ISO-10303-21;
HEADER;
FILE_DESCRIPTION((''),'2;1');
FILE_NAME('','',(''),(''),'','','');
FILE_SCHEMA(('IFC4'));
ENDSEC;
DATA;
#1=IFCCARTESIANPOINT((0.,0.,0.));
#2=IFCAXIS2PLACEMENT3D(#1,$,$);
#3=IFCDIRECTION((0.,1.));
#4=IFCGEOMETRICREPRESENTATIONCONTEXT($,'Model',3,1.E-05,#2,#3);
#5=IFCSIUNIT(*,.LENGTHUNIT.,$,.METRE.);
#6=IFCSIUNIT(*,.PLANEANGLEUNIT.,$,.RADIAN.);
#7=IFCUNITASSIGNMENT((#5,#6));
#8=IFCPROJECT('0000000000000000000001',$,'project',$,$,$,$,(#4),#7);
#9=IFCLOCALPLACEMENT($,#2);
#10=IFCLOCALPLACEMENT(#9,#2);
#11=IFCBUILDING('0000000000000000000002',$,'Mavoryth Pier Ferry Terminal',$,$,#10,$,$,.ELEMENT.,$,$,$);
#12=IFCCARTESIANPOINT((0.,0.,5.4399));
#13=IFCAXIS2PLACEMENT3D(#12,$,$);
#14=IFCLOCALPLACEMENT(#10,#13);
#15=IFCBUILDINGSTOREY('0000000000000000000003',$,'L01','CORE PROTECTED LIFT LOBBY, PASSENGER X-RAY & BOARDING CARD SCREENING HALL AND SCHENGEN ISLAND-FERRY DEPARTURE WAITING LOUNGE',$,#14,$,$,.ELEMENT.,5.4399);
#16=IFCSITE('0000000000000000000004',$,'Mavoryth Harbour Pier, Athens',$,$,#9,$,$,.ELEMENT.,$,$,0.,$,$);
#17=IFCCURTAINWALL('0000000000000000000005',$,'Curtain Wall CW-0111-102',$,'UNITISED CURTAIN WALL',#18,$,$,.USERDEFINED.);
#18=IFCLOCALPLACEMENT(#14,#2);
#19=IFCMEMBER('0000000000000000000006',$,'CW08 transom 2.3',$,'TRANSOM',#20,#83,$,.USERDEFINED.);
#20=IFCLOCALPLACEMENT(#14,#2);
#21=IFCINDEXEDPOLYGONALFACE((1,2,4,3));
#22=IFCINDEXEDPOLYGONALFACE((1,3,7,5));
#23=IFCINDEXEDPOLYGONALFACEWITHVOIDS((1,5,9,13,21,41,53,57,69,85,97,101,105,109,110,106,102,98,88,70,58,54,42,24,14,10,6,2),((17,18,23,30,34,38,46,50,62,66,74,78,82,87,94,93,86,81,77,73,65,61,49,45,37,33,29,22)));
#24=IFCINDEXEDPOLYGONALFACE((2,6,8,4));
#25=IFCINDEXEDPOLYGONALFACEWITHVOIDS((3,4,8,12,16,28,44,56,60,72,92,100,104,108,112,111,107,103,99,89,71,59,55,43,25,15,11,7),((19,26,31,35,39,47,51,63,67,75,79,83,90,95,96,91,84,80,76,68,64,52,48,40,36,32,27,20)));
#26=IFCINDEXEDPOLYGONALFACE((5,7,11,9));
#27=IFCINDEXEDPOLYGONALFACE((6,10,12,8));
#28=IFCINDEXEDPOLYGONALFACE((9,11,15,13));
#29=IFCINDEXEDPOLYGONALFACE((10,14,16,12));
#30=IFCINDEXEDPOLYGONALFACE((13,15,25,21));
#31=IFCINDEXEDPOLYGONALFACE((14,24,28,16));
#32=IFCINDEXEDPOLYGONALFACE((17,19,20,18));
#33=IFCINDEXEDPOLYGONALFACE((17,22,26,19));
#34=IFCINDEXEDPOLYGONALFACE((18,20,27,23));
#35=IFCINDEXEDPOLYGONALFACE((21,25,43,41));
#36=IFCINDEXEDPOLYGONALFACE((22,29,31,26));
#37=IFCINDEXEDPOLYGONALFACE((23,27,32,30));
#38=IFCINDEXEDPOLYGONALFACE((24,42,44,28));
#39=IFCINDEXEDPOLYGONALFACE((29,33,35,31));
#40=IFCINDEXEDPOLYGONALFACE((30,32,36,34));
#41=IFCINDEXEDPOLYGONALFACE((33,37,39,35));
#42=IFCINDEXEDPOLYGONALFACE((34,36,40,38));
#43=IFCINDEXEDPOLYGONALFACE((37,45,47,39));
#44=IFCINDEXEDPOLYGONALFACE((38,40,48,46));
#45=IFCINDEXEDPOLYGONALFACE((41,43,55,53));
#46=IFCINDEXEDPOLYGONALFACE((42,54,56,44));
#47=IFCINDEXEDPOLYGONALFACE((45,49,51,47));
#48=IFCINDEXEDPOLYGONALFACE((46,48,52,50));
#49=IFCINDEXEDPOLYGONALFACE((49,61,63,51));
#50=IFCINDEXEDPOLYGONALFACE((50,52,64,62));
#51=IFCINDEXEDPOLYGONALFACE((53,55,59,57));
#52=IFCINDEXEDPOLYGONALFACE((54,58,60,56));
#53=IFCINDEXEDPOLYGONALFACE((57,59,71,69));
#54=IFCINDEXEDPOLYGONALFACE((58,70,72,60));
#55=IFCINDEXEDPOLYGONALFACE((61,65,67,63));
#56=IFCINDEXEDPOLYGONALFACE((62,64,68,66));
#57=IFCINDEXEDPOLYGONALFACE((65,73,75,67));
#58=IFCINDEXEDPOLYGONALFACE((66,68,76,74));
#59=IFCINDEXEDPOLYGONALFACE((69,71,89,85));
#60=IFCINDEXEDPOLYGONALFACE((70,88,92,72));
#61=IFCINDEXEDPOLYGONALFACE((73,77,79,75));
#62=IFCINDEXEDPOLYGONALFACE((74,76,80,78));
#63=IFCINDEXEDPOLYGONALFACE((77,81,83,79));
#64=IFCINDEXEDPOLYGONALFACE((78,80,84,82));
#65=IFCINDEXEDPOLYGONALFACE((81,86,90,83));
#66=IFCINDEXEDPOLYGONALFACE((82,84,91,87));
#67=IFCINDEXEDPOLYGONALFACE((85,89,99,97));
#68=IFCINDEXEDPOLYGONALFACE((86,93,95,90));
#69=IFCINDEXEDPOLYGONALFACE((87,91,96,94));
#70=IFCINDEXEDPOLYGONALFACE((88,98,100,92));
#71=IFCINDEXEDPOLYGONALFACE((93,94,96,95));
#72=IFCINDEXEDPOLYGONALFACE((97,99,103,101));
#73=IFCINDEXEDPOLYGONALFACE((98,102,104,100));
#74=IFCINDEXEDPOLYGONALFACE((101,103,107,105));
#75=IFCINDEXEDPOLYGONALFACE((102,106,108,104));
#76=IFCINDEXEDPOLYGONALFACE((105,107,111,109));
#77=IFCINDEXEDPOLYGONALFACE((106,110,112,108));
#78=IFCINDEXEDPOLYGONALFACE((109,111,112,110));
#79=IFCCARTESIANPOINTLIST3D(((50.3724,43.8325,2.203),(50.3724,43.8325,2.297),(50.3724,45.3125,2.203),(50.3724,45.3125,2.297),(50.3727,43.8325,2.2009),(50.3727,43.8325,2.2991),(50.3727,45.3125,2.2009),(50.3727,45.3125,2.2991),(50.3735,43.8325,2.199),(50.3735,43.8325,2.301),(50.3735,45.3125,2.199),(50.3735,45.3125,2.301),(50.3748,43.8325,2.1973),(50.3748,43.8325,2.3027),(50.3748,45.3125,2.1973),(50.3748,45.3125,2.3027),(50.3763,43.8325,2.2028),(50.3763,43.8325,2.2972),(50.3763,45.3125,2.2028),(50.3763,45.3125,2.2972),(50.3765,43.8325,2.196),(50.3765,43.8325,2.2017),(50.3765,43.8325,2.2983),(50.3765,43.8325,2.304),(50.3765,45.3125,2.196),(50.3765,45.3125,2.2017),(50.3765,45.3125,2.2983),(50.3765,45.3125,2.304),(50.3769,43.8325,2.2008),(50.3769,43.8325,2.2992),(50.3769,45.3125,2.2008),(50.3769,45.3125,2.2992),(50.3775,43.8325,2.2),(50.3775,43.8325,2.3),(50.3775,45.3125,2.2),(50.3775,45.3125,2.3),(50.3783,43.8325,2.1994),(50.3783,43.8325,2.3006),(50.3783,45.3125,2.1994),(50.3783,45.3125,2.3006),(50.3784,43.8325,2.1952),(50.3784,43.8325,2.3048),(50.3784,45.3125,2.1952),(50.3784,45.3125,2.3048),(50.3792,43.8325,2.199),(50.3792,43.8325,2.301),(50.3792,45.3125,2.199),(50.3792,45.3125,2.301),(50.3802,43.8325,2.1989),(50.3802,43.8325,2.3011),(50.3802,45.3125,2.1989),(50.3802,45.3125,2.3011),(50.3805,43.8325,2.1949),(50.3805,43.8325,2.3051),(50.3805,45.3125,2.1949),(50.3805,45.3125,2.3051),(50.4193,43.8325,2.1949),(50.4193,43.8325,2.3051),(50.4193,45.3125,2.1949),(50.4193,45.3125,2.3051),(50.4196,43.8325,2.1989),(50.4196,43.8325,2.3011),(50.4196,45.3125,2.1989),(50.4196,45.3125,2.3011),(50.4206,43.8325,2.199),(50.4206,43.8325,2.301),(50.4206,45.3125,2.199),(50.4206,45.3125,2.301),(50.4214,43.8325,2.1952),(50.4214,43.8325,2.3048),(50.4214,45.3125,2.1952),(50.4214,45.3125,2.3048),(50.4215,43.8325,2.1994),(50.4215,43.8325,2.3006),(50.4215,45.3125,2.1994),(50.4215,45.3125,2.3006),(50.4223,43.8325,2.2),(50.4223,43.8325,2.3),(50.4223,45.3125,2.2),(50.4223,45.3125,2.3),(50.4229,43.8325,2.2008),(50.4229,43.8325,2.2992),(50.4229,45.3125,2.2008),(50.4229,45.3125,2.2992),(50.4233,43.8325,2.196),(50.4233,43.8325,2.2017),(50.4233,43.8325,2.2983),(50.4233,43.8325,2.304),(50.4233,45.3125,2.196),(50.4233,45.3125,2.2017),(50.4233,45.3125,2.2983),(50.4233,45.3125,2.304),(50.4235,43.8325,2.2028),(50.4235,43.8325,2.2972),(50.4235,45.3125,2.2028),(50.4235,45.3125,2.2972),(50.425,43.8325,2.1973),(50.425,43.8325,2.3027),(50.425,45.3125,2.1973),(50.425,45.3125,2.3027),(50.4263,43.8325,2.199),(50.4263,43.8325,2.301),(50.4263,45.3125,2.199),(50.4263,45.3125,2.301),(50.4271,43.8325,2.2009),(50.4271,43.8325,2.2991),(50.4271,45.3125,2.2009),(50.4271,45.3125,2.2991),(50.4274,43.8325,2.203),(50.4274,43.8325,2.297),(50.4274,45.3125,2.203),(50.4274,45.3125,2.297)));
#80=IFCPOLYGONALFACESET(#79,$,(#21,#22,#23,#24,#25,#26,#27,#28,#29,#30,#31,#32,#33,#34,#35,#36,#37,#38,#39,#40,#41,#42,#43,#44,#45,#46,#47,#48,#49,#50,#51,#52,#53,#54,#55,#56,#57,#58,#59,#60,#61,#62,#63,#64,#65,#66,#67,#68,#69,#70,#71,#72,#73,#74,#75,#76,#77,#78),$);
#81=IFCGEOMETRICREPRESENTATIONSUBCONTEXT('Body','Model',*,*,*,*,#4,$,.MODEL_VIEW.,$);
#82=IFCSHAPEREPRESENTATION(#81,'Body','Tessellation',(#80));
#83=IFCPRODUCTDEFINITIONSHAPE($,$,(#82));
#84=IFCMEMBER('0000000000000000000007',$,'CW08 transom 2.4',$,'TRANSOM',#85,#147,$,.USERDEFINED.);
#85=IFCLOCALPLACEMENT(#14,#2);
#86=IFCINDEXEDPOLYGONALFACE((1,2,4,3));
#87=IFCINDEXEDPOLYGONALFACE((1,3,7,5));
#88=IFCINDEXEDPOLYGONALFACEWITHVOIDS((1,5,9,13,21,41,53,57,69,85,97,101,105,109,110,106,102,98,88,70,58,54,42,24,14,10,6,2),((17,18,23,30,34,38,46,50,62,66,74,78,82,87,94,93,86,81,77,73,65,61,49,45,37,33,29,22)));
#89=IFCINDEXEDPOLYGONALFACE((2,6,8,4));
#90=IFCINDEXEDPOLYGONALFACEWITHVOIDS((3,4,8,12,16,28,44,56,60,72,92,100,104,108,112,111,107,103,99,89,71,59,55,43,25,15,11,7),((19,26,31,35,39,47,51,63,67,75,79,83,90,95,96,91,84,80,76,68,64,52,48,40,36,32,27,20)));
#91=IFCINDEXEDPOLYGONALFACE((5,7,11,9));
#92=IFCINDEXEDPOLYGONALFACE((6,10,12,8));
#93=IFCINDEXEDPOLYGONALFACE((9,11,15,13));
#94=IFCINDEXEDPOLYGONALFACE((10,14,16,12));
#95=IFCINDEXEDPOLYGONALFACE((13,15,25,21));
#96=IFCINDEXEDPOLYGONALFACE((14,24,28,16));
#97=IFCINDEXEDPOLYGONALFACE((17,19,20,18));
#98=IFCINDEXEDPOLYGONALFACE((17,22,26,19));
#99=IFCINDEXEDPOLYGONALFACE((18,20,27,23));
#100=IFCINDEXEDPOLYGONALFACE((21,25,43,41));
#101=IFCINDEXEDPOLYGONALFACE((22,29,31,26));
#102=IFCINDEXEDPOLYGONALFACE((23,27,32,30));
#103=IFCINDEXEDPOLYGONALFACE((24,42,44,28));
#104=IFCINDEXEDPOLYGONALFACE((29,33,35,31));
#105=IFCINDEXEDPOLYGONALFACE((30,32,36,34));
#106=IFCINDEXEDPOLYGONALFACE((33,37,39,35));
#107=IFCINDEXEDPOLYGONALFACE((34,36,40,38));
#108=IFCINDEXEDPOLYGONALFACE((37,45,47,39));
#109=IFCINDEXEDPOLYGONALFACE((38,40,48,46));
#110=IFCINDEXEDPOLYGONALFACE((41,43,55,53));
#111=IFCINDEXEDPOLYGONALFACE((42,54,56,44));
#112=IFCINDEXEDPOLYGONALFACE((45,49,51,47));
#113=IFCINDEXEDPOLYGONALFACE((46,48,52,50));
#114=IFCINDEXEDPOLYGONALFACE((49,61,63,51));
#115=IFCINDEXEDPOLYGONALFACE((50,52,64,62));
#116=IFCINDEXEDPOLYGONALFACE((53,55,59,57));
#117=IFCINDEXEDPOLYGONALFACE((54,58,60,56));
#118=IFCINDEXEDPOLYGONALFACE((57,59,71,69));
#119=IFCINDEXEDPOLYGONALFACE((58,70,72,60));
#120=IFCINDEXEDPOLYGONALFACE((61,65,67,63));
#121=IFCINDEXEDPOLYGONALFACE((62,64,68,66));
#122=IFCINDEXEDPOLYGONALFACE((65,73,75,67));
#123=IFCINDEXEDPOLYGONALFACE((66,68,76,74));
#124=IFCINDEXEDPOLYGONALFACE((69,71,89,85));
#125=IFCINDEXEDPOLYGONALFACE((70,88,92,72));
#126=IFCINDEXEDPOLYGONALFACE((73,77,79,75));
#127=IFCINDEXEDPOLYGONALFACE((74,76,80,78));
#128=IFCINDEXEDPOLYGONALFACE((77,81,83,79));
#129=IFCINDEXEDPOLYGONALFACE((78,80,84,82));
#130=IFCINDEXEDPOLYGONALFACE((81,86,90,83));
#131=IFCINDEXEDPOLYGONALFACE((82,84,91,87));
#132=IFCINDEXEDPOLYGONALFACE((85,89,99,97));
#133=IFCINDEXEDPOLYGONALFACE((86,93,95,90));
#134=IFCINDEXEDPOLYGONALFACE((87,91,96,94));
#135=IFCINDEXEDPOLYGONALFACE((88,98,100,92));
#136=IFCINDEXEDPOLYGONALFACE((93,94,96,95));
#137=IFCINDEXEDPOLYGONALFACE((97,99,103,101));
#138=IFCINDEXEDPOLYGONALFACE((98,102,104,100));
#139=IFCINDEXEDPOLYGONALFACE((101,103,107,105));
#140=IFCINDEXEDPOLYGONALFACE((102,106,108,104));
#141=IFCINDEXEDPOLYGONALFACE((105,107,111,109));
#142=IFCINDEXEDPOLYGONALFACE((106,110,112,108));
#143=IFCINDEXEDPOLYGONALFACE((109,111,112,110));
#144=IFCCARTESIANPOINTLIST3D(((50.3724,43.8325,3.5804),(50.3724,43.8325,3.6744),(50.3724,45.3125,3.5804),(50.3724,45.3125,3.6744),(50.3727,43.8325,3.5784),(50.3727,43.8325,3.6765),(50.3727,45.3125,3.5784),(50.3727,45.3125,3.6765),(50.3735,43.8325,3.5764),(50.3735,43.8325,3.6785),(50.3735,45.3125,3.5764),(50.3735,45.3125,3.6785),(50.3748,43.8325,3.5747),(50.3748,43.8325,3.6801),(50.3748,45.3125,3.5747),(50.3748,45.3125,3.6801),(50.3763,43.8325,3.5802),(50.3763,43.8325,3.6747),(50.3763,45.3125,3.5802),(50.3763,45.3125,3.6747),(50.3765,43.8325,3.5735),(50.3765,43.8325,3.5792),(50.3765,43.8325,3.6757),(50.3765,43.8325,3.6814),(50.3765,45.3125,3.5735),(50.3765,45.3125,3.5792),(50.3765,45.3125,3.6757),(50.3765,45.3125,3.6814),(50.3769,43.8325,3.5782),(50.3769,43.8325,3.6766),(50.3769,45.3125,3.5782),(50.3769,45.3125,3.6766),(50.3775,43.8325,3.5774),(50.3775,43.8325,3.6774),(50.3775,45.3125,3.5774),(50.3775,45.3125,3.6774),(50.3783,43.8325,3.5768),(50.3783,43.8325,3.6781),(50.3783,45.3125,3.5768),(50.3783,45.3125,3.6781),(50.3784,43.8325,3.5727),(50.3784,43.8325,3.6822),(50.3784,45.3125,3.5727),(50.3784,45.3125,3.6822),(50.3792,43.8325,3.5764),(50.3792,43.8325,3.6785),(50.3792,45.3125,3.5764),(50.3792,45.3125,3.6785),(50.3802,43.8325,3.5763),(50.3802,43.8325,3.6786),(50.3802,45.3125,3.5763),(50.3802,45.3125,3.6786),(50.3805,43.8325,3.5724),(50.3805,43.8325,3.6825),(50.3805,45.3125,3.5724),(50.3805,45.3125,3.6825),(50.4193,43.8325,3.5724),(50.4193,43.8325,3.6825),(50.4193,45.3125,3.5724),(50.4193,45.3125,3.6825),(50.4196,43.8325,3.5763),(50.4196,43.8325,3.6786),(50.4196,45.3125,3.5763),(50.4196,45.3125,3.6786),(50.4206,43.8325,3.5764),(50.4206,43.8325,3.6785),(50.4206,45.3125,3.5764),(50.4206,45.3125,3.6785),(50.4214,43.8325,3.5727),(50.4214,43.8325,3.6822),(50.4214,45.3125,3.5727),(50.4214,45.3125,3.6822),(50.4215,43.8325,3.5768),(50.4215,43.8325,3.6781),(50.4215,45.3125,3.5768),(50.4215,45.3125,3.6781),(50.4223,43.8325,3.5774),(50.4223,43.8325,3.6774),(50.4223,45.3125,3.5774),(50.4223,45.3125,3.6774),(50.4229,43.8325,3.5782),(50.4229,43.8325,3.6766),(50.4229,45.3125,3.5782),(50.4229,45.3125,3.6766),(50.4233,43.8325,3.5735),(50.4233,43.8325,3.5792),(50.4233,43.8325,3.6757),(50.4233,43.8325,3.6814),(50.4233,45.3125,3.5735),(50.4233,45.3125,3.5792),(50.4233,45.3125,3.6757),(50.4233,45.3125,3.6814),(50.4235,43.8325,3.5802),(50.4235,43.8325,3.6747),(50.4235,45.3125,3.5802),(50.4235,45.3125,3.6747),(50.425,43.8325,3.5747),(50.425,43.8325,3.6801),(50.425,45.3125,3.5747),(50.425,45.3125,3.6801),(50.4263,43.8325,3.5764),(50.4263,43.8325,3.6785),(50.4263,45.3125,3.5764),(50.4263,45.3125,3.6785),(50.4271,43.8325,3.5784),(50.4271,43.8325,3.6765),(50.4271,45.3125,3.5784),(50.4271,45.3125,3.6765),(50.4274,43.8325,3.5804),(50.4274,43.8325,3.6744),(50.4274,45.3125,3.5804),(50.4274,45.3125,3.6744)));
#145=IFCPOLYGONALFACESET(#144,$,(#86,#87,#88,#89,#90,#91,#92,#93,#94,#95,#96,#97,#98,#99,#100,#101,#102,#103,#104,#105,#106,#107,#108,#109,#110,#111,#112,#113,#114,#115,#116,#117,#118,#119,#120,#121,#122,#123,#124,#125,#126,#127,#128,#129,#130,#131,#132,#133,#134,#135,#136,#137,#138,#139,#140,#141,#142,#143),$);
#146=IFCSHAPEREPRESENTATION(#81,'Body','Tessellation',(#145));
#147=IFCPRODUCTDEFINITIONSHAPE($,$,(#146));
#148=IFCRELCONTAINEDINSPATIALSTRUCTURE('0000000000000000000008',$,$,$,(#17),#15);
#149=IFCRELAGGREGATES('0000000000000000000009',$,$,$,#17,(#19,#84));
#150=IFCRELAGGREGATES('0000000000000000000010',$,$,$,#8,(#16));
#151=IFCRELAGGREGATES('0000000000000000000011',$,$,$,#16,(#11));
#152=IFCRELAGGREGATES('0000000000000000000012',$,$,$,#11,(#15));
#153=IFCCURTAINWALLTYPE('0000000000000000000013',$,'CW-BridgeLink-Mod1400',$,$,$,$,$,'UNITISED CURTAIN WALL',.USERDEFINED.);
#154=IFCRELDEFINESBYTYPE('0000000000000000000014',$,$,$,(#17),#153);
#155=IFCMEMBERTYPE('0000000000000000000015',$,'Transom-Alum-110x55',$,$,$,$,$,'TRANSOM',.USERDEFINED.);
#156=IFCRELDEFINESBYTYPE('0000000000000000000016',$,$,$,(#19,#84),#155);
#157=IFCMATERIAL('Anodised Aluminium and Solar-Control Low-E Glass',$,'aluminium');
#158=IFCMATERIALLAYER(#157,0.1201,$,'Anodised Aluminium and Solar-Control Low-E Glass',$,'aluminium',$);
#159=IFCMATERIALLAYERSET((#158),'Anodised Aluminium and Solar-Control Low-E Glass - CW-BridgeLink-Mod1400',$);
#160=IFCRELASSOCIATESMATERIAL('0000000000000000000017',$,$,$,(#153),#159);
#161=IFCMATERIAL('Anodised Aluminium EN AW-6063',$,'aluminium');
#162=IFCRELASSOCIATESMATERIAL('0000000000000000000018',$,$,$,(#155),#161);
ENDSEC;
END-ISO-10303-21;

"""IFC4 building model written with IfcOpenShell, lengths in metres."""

from ifc_helpers import new_model, si_unit, direction, frame, origin, origin_2d, place, context, subcontext, project, spatial, hollow_rectangle, extrude, material, layer, layer_set, material_profile, profile_set, type_object, element, aggregate, save


model = new_model("IFC4")

# Units and contexts
model_context = context("Model", 3, precision=1e-05, world=origin(), true_north=direction((0.0, 1.0)))
body_context = subcontext(model_context, "Body", "Model", "MODEL_VIEW")
ifc_project = project(units=[si_unit("LENGTHUNIT", "METRE"), si_unit("PLANEANGLEUNIT", "RADIAN")], contexts=[model_context])

# Site, building, storey
site_placement = place(None, origin())
site = spatial("IfcSite", under=ifc_project, at=site_placement, Name="Mavoryth Harbour Pier, Athens", CompositionType="ELEMENT", RefElevation=0.0)
building_placement = place(site_placement, origin())
building = spatial("IfcBuilding", under=site, at=building_placement, Name="Mavoryth Pier Ferry Terminal", CompositionType="ELEMENT")
storey_placement = place(building_placement, frame((0.0, 0.0, 5.4399)))
storey = spatial("IfcBuildingStorey", under=building, at=storey_placement, Name="L01", Description="CORE PROTECTED LIFT LOBBY, PASSENGER X-RAY & BOARDING CARD SCREENING HALL AND SCHENGEN ISLAND-FERRY DEPARTURE WAITING LOUNGE", CompositionType="ELEMENT", Elevation=5.4399)

# Curtain wall
ifc_material_1 = material(Name="Anodised Aluminium and Solar-Control Low-E Glass", Category="aluminium")
ifc_layer_1 = layer(ifc_material_1, 0.1201, Name="Anodised Aluminium and Solar-Control Low-E Glass", Category="aluminium")
ifc_layer_set_1 = layer_set([ifc_layer_1], Name="Anodised Aluminium and Solar-Control Low-E Glass - CW-BridgeLink-Mod1400")
curtain_wall_type = type_object("IfcCurtainWallType", Name="CW-BridgeLink-Mod1400", ElementType="UNITISED CURTAIN WALL", PredefinedType="USERDEFINED", material=ifc_layer_set_1)
curtain_wall_1_placement = place(storey_placement, origin())
curtain_wall_1 = element("IfcCurtainWall", 1, at=curtain_wall_1_placement, inside=storey, type_object=curtain_wall_type, Name="Curtain Wall CW-0111-102", ObjectType="UNITISED CURTAIN WALL", PredefinedType="USERDEFINED")
ifc_material_2 = material(Name="Anodised Aluminium EN AW-6063", Category="aluminium")

# Members
ifc_material_profile_1 = material_profile(ifc_material_2, hollow_rectangle(XDim=0.0549, YDim=0.1101, WallThickness=0.0039, InnerFilletRadius=0.0039, OuterFilletRadius=0.0081, at=origin_2d()), Name="AL-TRAN 110x55x4", Category="aluminium")
ifc_profile_set_1 = profile_set([ifc_material_profile_1], Name="Anodised Aluminium EN AW-6063 - AL-TRAN 110x55x4")
member_type_1 = type_object("IfcMemberType", Name="Transom-Alum-110x55", ElementType="TRANSOM", PredefinedType="USERDEFINED", material=ifc_profile_set_1)
member_1_placement = place(storey_placement, frame((50.3999, 45.3125, 2.25), z_axis=(0.0, -1.0, 0.0), x_axis=(1.0, 0.0, 0.0)))
member_1 = element("IfcMember", 2, at=member_1_placement, type_object=member_type_1, Name="CW08 transom 2.3", ObjectType="TRANSOM", PredefinedType="USERDEFINED", context=body_context, shape_type="SweptSolid", body=[
    extrude(hollow_rectangle(XDim=0.0549, YDim=0.1101, WallThickness=0.0039, InnerFilletRadius=0.0039, OuterFilletRadius=0.0081, at=origin_2d()), origin(), (0.0, 0.0, 1.0), 1.48),
])
member_2_placement = place(storey_placement, frame((50.3999, 45.3125, 3.6274), z_axis=(0.0, -1.0, 0.0), x_axis=(1.0, 0.0, 0.0)))
member_2 = element("IfcMember", 3, at=member_2_placement, type_object=member_type_1, Name="CW08 transom 2.4", ObjectType="TRANSOM", PredefinedType="USERDEFINED", context=body_context, shape_type="SweptSolid", body=[
    extrude(hollow_rectangle(XDim=0.0549, YDim=0.1101, WallThickness=0.0039, InnerFilletRadius=0.0039, OuterFilletRadius=0.0081, at=origin_2d()), origin(), (0.0, 0.0, 1.0), 1.48),
])

aggregate(curtain_wall_1, [member_1, member_2])

save(model, "model.ifc")
